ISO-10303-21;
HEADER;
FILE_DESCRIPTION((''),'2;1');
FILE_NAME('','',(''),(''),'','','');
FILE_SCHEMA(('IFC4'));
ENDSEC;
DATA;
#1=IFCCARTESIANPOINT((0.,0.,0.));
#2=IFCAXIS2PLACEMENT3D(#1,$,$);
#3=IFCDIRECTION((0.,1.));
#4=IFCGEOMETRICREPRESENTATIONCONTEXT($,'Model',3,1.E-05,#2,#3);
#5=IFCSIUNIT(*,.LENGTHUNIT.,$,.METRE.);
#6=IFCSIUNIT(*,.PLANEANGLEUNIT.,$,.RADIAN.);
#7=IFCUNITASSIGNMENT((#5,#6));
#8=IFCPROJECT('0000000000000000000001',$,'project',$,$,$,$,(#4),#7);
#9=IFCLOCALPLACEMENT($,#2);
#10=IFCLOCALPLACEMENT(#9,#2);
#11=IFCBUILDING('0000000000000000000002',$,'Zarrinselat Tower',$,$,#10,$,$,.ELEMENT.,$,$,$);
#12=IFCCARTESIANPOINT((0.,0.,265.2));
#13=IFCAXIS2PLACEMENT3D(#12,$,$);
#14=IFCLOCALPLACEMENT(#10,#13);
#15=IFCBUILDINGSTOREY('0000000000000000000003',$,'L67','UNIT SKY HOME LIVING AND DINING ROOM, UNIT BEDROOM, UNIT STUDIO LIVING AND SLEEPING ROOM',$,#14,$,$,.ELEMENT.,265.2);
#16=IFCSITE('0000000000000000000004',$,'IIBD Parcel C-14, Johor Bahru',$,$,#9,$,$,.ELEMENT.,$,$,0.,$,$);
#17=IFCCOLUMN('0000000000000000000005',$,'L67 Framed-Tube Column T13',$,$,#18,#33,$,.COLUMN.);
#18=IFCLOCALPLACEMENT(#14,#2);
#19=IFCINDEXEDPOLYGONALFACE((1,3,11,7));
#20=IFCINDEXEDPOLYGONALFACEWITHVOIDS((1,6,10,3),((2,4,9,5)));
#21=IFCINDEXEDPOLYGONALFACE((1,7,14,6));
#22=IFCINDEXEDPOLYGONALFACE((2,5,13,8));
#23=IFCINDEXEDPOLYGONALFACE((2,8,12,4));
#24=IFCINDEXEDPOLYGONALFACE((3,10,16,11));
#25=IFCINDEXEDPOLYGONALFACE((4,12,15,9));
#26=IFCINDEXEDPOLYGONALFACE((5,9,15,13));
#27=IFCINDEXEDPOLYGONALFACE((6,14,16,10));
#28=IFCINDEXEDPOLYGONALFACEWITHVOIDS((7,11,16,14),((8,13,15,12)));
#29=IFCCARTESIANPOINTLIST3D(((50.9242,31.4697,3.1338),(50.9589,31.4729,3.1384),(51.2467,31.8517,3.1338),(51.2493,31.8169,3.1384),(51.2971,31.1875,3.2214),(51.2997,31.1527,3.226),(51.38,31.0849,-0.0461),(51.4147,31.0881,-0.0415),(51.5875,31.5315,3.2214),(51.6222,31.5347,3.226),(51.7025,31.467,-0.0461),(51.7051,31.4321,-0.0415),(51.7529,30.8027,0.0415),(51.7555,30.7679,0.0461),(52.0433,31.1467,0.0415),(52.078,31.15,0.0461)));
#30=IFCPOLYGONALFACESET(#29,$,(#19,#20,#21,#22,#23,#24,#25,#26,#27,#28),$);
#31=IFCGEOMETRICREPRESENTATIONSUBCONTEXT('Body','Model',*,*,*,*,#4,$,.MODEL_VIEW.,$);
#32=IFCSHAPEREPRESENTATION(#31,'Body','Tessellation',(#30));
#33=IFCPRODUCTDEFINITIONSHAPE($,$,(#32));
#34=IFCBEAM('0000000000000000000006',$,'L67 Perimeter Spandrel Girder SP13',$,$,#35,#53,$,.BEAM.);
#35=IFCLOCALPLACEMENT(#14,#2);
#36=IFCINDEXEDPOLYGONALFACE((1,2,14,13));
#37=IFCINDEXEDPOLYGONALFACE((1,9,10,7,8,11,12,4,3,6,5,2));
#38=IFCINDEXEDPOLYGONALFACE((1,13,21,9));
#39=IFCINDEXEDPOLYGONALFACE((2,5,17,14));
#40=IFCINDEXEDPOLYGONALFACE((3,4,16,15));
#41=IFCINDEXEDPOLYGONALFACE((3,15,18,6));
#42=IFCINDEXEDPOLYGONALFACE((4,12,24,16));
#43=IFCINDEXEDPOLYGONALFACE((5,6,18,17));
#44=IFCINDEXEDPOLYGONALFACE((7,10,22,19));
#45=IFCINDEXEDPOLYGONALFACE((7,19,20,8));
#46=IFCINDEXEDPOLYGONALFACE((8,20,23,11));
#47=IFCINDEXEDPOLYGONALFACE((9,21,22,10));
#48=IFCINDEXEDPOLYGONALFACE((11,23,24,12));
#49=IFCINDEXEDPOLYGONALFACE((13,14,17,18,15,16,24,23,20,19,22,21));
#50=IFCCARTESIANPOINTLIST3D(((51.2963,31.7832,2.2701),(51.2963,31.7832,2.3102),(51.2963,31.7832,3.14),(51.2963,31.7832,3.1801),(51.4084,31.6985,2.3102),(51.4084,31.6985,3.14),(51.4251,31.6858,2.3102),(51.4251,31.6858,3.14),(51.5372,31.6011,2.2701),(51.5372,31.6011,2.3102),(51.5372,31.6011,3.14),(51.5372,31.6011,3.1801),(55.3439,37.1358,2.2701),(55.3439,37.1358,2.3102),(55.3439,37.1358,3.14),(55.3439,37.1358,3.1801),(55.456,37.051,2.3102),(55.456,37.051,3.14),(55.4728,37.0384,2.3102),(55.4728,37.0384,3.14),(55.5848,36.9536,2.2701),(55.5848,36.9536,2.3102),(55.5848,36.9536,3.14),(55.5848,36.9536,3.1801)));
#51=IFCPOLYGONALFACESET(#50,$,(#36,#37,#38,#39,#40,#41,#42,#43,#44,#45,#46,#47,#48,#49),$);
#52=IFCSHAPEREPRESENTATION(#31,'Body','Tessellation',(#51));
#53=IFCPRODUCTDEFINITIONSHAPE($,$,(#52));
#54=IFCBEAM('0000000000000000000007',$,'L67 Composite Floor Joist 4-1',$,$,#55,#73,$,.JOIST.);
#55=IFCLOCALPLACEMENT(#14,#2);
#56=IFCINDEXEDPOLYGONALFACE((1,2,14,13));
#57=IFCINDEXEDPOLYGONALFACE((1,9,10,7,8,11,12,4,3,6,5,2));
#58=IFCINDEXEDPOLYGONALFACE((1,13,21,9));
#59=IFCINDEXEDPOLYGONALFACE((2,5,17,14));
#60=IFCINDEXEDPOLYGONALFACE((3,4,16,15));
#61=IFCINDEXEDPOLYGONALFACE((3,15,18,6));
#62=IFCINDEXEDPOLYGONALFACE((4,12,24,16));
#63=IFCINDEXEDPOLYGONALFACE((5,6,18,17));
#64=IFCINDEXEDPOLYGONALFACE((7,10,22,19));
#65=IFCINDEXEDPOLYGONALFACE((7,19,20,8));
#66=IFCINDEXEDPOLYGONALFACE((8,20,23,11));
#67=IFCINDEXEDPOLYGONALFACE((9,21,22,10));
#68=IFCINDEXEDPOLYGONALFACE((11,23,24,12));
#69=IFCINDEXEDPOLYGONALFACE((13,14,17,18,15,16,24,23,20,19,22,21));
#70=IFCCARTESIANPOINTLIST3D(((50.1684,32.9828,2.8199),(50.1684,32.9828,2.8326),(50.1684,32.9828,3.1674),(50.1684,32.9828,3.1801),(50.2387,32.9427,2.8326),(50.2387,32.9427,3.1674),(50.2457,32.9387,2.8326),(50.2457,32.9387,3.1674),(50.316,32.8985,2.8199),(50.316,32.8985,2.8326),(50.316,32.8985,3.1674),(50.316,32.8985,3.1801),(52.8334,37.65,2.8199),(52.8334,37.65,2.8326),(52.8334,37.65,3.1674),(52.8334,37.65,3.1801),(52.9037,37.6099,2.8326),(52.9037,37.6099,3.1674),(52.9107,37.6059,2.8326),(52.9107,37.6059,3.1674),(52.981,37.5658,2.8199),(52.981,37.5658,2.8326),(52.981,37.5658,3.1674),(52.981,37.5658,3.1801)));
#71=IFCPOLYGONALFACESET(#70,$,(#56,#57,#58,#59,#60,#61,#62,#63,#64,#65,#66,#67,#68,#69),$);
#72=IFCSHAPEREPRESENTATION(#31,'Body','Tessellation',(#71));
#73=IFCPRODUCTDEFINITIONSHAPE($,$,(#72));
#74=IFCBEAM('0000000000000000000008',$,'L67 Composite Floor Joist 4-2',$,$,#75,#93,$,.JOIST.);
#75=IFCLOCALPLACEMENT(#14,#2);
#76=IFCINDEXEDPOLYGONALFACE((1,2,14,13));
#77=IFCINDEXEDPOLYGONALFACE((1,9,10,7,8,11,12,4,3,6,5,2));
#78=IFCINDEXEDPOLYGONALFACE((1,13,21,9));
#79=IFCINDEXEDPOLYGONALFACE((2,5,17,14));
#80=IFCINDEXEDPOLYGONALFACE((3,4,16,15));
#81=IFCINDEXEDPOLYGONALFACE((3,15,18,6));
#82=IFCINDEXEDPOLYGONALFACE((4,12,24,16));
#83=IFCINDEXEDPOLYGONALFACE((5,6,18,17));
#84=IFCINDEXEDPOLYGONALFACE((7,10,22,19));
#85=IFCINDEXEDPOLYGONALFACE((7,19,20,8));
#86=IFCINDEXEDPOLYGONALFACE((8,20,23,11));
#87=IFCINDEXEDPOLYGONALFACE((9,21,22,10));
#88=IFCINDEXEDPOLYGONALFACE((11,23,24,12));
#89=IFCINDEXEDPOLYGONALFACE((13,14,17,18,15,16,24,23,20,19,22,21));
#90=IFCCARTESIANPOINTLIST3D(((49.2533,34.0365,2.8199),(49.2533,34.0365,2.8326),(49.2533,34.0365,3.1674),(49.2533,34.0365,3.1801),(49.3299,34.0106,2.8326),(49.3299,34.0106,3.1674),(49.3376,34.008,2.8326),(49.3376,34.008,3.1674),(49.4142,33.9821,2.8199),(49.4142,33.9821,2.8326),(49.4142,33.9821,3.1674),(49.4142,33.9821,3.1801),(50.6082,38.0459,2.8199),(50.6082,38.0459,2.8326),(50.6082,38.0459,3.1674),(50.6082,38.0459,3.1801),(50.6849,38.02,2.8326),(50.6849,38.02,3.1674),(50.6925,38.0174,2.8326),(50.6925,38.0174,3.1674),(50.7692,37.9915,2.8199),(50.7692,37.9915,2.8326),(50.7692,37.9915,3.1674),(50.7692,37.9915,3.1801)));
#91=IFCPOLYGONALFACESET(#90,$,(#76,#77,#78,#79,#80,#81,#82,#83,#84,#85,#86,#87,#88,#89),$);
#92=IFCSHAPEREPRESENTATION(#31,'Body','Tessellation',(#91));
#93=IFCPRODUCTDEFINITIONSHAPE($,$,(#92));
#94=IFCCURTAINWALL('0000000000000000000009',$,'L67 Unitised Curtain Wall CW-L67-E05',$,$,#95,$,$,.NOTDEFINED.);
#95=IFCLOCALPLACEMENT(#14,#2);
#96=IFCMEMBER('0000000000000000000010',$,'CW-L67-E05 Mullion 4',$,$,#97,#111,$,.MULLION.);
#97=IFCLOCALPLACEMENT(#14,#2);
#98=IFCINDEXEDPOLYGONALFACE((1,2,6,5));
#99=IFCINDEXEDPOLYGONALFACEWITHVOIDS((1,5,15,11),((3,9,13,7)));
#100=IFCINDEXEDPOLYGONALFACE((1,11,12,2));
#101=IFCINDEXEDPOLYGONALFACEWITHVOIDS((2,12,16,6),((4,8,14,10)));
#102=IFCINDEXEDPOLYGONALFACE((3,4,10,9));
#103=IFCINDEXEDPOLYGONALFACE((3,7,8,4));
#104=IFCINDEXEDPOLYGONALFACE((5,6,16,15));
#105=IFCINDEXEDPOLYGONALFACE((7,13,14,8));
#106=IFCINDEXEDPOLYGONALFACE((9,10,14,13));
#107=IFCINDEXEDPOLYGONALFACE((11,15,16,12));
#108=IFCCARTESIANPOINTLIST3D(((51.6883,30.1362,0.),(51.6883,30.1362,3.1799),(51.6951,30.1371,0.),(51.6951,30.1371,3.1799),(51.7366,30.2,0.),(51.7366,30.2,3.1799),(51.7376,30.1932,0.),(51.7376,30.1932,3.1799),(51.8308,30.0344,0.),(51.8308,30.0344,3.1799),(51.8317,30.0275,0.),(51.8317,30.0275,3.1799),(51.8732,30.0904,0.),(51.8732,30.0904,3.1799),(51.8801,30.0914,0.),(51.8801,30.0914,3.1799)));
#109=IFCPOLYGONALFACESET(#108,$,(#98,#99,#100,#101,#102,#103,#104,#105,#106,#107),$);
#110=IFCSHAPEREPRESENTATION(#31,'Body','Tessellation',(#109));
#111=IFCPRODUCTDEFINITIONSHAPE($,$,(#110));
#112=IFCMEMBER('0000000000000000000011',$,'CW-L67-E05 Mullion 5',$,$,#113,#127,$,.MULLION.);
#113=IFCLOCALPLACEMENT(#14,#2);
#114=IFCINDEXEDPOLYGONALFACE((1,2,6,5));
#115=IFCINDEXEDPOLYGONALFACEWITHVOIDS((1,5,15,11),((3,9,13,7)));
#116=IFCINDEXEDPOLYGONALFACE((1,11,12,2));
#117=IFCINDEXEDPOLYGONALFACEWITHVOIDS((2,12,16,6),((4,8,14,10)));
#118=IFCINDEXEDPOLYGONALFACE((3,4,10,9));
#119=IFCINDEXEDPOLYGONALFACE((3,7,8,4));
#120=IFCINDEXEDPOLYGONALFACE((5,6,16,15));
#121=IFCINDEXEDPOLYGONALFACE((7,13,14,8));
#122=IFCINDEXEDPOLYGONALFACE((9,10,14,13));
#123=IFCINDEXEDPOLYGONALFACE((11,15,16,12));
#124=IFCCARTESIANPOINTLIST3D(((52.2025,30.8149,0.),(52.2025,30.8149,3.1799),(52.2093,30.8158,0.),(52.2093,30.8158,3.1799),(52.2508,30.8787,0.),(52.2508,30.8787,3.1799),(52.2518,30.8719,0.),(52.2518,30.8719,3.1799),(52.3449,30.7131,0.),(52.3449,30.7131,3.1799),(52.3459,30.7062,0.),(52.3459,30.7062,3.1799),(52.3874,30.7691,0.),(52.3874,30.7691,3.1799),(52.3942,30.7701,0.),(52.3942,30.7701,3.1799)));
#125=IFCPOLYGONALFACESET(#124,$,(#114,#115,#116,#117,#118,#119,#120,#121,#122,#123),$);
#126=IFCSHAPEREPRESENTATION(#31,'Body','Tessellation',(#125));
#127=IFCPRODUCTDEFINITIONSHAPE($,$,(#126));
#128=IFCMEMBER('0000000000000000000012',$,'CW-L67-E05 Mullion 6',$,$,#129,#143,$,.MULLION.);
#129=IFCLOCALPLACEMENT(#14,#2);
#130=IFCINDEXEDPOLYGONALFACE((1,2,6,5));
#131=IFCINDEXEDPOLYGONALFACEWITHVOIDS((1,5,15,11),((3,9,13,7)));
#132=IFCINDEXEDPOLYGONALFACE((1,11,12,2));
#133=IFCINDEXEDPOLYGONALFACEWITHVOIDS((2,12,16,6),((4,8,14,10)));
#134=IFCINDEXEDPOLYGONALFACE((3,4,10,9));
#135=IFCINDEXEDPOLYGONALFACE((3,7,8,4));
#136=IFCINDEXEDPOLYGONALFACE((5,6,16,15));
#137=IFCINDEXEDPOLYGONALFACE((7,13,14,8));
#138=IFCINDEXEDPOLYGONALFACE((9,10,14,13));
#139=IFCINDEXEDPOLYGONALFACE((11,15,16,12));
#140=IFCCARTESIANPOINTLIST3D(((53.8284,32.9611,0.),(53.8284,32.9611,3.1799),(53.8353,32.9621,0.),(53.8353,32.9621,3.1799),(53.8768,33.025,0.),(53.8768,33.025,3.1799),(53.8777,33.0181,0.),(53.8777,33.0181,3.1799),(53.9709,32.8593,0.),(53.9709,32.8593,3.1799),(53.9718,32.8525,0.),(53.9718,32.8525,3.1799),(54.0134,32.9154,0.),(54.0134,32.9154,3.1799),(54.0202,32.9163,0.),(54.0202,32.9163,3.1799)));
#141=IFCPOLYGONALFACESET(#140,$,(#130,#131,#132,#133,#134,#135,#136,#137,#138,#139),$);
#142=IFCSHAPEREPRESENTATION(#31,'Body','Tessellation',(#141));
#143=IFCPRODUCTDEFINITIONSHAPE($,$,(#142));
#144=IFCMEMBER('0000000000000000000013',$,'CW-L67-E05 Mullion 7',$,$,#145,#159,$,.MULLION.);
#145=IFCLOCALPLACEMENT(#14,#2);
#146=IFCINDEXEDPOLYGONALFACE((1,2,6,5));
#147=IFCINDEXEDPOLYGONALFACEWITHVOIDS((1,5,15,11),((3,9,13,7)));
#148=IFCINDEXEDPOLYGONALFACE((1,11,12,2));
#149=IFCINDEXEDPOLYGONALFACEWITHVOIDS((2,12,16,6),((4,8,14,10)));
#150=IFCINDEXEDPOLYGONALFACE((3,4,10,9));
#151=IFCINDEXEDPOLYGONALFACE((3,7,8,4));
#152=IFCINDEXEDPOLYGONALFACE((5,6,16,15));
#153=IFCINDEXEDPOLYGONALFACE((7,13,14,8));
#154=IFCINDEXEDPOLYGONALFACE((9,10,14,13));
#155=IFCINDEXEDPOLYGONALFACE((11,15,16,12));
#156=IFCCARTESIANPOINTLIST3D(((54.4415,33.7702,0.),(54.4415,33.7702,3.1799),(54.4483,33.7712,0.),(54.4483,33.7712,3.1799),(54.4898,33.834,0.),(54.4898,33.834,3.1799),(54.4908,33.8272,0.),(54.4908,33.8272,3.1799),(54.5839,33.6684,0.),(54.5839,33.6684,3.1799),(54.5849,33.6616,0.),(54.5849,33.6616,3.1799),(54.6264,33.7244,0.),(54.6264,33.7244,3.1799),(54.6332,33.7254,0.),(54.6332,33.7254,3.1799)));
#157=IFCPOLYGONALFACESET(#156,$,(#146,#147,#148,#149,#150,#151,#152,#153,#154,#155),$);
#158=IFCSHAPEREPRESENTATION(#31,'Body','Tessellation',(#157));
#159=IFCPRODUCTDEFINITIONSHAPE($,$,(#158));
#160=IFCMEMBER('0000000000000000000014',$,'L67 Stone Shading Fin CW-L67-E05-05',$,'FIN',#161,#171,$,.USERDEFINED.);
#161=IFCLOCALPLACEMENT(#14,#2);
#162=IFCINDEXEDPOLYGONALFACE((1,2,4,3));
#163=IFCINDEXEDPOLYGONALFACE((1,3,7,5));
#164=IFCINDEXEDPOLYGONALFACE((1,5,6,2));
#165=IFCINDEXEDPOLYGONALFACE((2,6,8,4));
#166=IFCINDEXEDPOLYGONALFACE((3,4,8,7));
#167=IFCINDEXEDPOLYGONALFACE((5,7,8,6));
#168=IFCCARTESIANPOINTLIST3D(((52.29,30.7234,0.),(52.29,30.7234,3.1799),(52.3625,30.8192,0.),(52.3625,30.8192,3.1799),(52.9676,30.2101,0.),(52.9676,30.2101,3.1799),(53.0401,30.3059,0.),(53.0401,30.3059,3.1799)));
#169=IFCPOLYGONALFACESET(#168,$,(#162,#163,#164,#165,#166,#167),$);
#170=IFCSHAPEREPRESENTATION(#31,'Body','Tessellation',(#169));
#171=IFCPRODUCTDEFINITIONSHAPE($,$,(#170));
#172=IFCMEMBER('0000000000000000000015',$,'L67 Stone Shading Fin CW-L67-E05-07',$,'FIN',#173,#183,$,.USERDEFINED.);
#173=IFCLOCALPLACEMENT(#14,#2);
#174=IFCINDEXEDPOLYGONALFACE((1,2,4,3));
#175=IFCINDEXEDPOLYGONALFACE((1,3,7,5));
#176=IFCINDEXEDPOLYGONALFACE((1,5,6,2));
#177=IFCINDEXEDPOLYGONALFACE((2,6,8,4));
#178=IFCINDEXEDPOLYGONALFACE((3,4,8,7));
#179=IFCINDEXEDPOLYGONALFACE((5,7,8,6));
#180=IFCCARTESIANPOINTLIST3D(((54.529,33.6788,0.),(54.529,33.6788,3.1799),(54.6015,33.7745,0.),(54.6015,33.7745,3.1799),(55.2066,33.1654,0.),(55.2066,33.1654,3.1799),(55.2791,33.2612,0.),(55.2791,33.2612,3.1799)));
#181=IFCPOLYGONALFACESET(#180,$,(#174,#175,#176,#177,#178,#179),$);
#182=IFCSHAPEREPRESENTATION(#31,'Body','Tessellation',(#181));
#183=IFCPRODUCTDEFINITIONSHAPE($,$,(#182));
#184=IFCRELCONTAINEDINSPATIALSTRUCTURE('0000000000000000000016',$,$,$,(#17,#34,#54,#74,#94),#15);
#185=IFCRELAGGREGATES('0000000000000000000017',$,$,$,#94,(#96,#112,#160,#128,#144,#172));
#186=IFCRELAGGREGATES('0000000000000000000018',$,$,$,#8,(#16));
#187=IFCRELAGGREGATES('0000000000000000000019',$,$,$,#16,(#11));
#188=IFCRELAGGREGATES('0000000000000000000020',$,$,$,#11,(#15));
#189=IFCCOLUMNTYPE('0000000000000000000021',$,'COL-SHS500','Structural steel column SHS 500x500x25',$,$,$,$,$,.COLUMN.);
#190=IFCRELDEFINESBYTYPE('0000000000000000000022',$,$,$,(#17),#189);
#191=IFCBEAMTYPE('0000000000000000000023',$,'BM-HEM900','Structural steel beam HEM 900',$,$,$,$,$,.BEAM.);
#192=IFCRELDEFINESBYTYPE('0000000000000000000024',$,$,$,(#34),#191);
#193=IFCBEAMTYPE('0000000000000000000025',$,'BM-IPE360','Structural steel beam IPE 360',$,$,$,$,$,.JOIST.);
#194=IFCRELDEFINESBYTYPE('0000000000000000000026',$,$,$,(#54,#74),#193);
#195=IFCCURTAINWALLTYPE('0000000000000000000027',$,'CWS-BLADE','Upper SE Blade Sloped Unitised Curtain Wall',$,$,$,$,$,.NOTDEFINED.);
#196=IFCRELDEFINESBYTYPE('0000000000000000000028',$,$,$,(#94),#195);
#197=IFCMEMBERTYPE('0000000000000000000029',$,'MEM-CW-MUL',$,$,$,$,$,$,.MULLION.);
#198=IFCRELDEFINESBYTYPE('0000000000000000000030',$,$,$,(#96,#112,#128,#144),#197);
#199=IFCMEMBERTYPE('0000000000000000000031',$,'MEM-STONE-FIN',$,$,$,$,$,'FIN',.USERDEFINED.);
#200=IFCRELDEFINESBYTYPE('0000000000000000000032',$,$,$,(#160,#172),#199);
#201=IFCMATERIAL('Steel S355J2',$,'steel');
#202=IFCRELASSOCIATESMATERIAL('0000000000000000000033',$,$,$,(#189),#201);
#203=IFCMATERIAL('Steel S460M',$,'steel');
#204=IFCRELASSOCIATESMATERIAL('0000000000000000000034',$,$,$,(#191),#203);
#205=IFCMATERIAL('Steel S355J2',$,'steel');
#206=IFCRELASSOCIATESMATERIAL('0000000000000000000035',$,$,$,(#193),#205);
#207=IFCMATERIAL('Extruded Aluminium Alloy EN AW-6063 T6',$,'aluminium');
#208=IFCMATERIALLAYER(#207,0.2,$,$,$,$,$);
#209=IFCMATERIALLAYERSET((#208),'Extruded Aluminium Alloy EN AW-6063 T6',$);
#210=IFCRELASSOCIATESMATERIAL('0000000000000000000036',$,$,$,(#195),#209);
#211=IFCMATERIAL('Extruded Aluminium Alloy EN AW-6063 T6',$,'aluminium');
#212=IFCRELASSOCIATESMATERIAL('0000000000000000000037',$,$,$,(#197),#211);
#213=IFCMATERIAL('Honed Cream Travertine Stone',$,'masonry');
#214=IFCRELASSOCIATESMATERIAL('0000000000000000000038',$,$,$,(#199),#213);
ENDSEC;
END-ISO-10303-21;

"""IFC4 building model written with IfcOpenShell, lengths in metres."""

from ifc_helpers import new_model, si_unit, direction, frame, origin, origin_2d, place, context, subcontext, project, spatial, rectangle, hollow_rectangle, i_section, extrude, material, layer, layer_set, material_profile, profile_set, type_object, element, aggregate, save


model = new_model("IFC4")

# Units and contexts
model_context = context("Model", 3, precision=1e-05, world=origin(), true_north=direction((0.0, 1.0)))
body_context = subcontext(model_context, "Body", "Model", "MODEL_VIEW")
ifc_project = project(units=[si_unit("LENGTHUNIT", "METRE"), si_unit("PLANEANGLEUNIT", "RADIAN")], contexts=[model_context])

# Site, building, storey
site_placement = place(None, origin())
site = spatial("IfcSite", under=ifc_project, at=site_placement, Name="IIBD Parcel C-14, Johor Bahru", CompositionType="ELEMENT", RefElevation=0.0)
building_placement = place(site_placement, origin())
building = spatial("IfcBuilding", under=site, at=building_placement, Name="Zarrinselat Tower", CompositionType="ELEMENT")
storey_placement = place(building_placement, frame((0.0, 0.0, 265.2)))
storey = spatial("IfcBuildingStorey", under=building, at=storey_placement, Name="L67", Description="UNIT SKY HOME LIVING AND DINING ROOM, UNIT BEDROOM, UNIT STUDIO LIVING AND SLEEPING ROOM", CompositionType="ELEMENT", Elevation=265.2)

# Column
ifc_material_1 = material(Name="Steel S355J2", Category="steel")
ifc_material_profile_1 = material_profile(ifc_material_1, hollow_rectangle(XDim=0.5, YDim=0.5, WallThickness=0.0249, at=origin_2d()), Name="SHS 500x500x25")
ifc_profile_set_1 = profile_set([ifc_material_profile_1], Name="Steel S355J2")
column_type = type_object("IfcColumnType", Name="COL-SHS500", Description="Structural steel column SHS 500x500x25", PredefinedType="COLUMN", material=ifc_profile_set_1)
column_placement = place(storey_placement, frame((51.729, 31.1174, 0.0), z_axis=(-0.140883, 0.118924, 0.982858), x_axis=(-0.645043, -0.764146, 0.0)))
element("IfcColumn", 1, at=column_placement, inside=storey, type_object=column_type, Name="L67 Framed-Tube Column T13", PredefinedType="COLUMN", context=body_context, shape_type="SweptSolid", body=[
    extrude(hollow_rectangle(XDim=0.5, YDim=0.5, WallThickness=0.0249, at=origin_2d()), origin(), (0.0, 0.0, 1.0), 3.2354),
])

# Beams
ifc_material_2 = material(Name="Steel S460M", Category="steel")
ifc_material_profile_2 = material_profile(ifc_material_2, i_section(OverallWidth=0.302, OverallDepth=0.9099, WebThickness=0.021, FlangeThickness=0.04, at=origin_2d()), Name="HEM 900")
ifc_profile_set_2 = profile_set([ifc_material_profile_2], Name="Steel S460M")
beam_type_1 = type_object("IfcBeamType", Name="BM-HEM900", Description="Structural steel beam HEM 900", PredefinedType="BEAM", material=ifc_profile_set_2)
beam_1_placement = place(storey_placement, frame((51.4167, 31.6921, 2.7251), z_axis=(0.603162, 0.797619, 0.0), x_axis=(-0.797619, 0.603162, 0.0)))
element("IfcBeam", 2, at=beam_1_placement, inside=storey, type_object=beam_type_1, Name="L67 Perimeter Spandrel Girder SP13", PredefinedType="BEAM", context=body_context, shape_type="SweptSolid", body=[
    extrude(i_section(OverallWidth=0.302, OverallDepth=0.9099, WebThickness=0.021, FlangeThickness=0.04, at=origin_2d()), origin(), (0.0, 0.0, 1.0), 6.7107),
])
ifc_material_3 = material(Name="Steel S355J2", Category="steel")
ifc_material_profile_3 = material_profile(ifc_material_3, i_section(OverallWidth=0.1699, OverallDepth=0.3601, WebThickness=0.0081, FlangeThickness=0.0127, at=origin_2d()), Name="IPE 360")
ifc_profile_set_3 = profile_set([ifc_material_profile_3], Name="Steel S355J2")
beam_type_2 = type_object("IfcBeamType", Name="BM-IPE360", Description="Structural steel beam IPE 360", PredefinedType="JOIST", material=ifc_profile_set_3)
beam_2_placement = place(storey_placement, frame((50.2422, 32.9407, 3.0), z_axis=(0.495865, 0.8684, 0.0), x_axis=(-0.8684, 0.495865, 0.0)))
element("IfcBeam", 3, at=beam_2_placement, inside=storey, type_object=beam_type_2, Name="L67 Composite Floor Joist 4-1", PredefinedType="JOIST", context=body_context, shape_type="SweptSolid", body=[
    extrude(i_section(OverallWidth=0.1699, OverallDepth=0.3601, WebThickness=0.0081, FlangeThickness=0.0127, at=origin_2d()), origin(), (0.0, 0.0, 1.0), 5.3745),
])
beam_3_placement = place(storey_placement, frame((49.3337, 34.0093, 3.0), z_axis=(0.320153, 0.947366, 0.0), x_axis=(-0.947366, 0.320153, 0.0)))
element("IfcBeam", 4, at=beam_3_placement, inside=storey, type_object=beam_type_2, Name="L67 Composite Floor Joist 4-2", PredefinedType="JOIST", context=body_context, shape_type="SweptSolid", body=[
    extrude(i_section(OverallWidth=0.1699, OverallDepth=0.3601, WebThickness=0.0081, FlangeThickness=0.0127, at=origin_2d()), origin(), (0.0, 0.0, 1.0), 4.2322),
])

# Curtain wall, members
ifc_material_4 = material(Name="Extruded Aluminium Alloy EN AW-6063 T6", Category="aluminium")
ifc_layer_1 = layer(ifc_material_4, 0.2)
ifc_layer_set_1 = layer_set([ifc_layer_1], Name="Extruded Aluminium Alloy EN AW-6063 T6")
curtain_wall_type = type_object("IfcCurtainWallType", Name="CWS-BLADE", Description="Upper SE Blade Sloped Unitised Curtain Wall", PredefinedType="NOTDEFINED", material=ifc_layer_set_1)
curtain_wall_placement = place(storey_placement, origin())
curtain_wall = element("IfcCurtainWall", 5, at=curtain_wall_placement, inside=storey, type_object=curtain_wall_type, Name="L67 Unitised Curtain Wall CW-L67-E05", PredefinedType="NOTDEFINED")
ifc_material_5 = material(Name="Extruded Aluminium Alloy EN AW-6063 T6", Category="aluminium")
ifc_material_profile_4 = material_profile(ifc_material_5, hollow_rectangle(XDim=0.0801, YDim=0.1799, WallThickness=0.0049, at=origin_2d()), Name="RHS 180x80x5")
ifc_profile_set_4 = profile_set([ifc_material_profile_4], Name="Extruded Aluminium Alloy EN AW-6063 T6")
member_type_1 = type_object("IfcMemberType", Name="MEM-CW-MUL", PredefinedType="MULLION", material=ifc_profile_set_4)
member_1_placement = place(storey_placement, frame((51.7842, 30.1138, 0.0), z_axis=(0.0, 0.0, 1.0), x_axis=(0.60386, 0.797091, 0.0)))
member_1 = element("IfcMember", 6, at=member_1_placement, type_object=member_type_1, Name="CW-L67-E05 Mullion 4", PredefinedType="MULLION", context=body_context, shape_type="SweptSolid", body=[
    extrude(hollow_rectangle(XDim=0.0801, YDim=0.1799, WallThickness=0.0049, at=origin_2d()), origin(), (0.0, 0.0, 1.0), 3.1799),
])
member_2_placement = place(storey_placement, frame((52.2983, 30.7925, 0.0), z_axis=(0.0, 0.0, 1.0), x_axis=(0.60386, 0.797091, 0.0)))
member_2 = element("IfcMember", 7, at=member_2_placement, type_object=member_type_1, Name="CW-L67-E05 Mullion 5", PredefinedType="MULLION", context=body_context, shape_type="SweptSolid", body=[
    extrude(hollow_rectangle(XDim=0.0801, YDim=0.1799, WallThickness=0.0049, at=origin_2d()), origin(), (0.0, 0.0, 1.0), 3.1799),
])
member_3_placement = place(storey_placement, frame((53.9243, 32.9387, 0.0), z_axis=(0.0, 0.0, 1.0), x_axis=(0.60386, 0.797091, 0.0)))
member_3 = element("IfcMember", 8, at=member_3_placement, type_object=member_type_1, Name="CW-L67-E05 Mullion 6", PredefinedType="MULLION", context=body_context, shape_type="SweptSolid", body=[
    extrude(hollow_rectangle(XDim=0.0801, YDim=0.1799, WallThickness=0.0049, at=origin_2d()), origin(), (0.0, 0.0, 1.0), 3.1799),
])
member_4_placement = place(storey_placement, frame((54.5374, 33.7478, 0.0), z_axis=(0.0, 0.0, 1.0), x_axis=(0.60386, 0.797091, 0.0)))
member_4 = element("IfcMember", 9, at=member_4_placement, type_object=member_type_1, Name="CW-L67-E05 Mullion 7", PredefinedType="MULLION", context=body_context, shape_type="SweptSolid", body=[
    extrude(hollow_rectangle(XDim=0.0801, YDim=0.1799, WallThickness=0.0049, at=origin_2d()), origin(), (0.0, 0.0, 1.0), 3.1799),
])
ifc_material_6 = material(Name="Honed Cream Travertine Stone", Category="masonry")
ifc_material_profile_5 = material_profile(ifc_material_6, rectangle(XDim=0.1201, YDim=0.8501, at=origin_2d()), Name="FIN 850x120")
ifc_profile_set_5 = profile_set([ifc_material_profile_5], Name="Honed Cream Travertine Stone")
member_type_2 = type_object("IfcMemberType", Name="MEM-STONE-FIN", ElementType="FIN", PredefinedType="USERDEFINED", material=ifc_profile_set_5)
member_5_placement = place(storey_placement, frame((52.665, 30.5146, 0.0), z_axis=(0.0, 0.0, 1.0), x_axis=(-0.60386, -0.797091, 0.0)))
member_5 = element("IfcMember", 10, at=member_5_placement, type_object=member_type_2, Name="L67 Stone Shading Fin CW-L67-E05-05", ObjectType="FIN", PredefinedType="USERDEFINED", context=body_context, shape_type="SweptSolid", body=[
    extrude(rectangle(XDim=0.1201, YDim=0.8501, at=origin_2d()), origin(), (0.0, 0.0, 1.0), 3.1799),
])
member_6_placement = place(storey_placement, frame((54.9041, 33.47, 0.0), z_axis=(0.0, 0.0, 1.0), x_axis=(-0.60386, -0.797091, 0.0)))
member_6 = element("IfcMember", 11, at=member_6_placement, type_object=member_type_2, Name="L67 Stone Shading Fin CW-L67-E05-07", ObjectType="FIN", PredefinedType="USERDEFINED", context=body_context, shape_type="SweptSolid", body=[
    extrude(rectangle(XDim=0.1201, YDim=0.8501, at=origin_2d()), origin(), (0.0, 0.0, 1.0), 3.1799),
])
aggregate(curtain_wall, [member_1, member_2, member_5, member_3, member_4, member_6])

save(model, "model.ifc")
